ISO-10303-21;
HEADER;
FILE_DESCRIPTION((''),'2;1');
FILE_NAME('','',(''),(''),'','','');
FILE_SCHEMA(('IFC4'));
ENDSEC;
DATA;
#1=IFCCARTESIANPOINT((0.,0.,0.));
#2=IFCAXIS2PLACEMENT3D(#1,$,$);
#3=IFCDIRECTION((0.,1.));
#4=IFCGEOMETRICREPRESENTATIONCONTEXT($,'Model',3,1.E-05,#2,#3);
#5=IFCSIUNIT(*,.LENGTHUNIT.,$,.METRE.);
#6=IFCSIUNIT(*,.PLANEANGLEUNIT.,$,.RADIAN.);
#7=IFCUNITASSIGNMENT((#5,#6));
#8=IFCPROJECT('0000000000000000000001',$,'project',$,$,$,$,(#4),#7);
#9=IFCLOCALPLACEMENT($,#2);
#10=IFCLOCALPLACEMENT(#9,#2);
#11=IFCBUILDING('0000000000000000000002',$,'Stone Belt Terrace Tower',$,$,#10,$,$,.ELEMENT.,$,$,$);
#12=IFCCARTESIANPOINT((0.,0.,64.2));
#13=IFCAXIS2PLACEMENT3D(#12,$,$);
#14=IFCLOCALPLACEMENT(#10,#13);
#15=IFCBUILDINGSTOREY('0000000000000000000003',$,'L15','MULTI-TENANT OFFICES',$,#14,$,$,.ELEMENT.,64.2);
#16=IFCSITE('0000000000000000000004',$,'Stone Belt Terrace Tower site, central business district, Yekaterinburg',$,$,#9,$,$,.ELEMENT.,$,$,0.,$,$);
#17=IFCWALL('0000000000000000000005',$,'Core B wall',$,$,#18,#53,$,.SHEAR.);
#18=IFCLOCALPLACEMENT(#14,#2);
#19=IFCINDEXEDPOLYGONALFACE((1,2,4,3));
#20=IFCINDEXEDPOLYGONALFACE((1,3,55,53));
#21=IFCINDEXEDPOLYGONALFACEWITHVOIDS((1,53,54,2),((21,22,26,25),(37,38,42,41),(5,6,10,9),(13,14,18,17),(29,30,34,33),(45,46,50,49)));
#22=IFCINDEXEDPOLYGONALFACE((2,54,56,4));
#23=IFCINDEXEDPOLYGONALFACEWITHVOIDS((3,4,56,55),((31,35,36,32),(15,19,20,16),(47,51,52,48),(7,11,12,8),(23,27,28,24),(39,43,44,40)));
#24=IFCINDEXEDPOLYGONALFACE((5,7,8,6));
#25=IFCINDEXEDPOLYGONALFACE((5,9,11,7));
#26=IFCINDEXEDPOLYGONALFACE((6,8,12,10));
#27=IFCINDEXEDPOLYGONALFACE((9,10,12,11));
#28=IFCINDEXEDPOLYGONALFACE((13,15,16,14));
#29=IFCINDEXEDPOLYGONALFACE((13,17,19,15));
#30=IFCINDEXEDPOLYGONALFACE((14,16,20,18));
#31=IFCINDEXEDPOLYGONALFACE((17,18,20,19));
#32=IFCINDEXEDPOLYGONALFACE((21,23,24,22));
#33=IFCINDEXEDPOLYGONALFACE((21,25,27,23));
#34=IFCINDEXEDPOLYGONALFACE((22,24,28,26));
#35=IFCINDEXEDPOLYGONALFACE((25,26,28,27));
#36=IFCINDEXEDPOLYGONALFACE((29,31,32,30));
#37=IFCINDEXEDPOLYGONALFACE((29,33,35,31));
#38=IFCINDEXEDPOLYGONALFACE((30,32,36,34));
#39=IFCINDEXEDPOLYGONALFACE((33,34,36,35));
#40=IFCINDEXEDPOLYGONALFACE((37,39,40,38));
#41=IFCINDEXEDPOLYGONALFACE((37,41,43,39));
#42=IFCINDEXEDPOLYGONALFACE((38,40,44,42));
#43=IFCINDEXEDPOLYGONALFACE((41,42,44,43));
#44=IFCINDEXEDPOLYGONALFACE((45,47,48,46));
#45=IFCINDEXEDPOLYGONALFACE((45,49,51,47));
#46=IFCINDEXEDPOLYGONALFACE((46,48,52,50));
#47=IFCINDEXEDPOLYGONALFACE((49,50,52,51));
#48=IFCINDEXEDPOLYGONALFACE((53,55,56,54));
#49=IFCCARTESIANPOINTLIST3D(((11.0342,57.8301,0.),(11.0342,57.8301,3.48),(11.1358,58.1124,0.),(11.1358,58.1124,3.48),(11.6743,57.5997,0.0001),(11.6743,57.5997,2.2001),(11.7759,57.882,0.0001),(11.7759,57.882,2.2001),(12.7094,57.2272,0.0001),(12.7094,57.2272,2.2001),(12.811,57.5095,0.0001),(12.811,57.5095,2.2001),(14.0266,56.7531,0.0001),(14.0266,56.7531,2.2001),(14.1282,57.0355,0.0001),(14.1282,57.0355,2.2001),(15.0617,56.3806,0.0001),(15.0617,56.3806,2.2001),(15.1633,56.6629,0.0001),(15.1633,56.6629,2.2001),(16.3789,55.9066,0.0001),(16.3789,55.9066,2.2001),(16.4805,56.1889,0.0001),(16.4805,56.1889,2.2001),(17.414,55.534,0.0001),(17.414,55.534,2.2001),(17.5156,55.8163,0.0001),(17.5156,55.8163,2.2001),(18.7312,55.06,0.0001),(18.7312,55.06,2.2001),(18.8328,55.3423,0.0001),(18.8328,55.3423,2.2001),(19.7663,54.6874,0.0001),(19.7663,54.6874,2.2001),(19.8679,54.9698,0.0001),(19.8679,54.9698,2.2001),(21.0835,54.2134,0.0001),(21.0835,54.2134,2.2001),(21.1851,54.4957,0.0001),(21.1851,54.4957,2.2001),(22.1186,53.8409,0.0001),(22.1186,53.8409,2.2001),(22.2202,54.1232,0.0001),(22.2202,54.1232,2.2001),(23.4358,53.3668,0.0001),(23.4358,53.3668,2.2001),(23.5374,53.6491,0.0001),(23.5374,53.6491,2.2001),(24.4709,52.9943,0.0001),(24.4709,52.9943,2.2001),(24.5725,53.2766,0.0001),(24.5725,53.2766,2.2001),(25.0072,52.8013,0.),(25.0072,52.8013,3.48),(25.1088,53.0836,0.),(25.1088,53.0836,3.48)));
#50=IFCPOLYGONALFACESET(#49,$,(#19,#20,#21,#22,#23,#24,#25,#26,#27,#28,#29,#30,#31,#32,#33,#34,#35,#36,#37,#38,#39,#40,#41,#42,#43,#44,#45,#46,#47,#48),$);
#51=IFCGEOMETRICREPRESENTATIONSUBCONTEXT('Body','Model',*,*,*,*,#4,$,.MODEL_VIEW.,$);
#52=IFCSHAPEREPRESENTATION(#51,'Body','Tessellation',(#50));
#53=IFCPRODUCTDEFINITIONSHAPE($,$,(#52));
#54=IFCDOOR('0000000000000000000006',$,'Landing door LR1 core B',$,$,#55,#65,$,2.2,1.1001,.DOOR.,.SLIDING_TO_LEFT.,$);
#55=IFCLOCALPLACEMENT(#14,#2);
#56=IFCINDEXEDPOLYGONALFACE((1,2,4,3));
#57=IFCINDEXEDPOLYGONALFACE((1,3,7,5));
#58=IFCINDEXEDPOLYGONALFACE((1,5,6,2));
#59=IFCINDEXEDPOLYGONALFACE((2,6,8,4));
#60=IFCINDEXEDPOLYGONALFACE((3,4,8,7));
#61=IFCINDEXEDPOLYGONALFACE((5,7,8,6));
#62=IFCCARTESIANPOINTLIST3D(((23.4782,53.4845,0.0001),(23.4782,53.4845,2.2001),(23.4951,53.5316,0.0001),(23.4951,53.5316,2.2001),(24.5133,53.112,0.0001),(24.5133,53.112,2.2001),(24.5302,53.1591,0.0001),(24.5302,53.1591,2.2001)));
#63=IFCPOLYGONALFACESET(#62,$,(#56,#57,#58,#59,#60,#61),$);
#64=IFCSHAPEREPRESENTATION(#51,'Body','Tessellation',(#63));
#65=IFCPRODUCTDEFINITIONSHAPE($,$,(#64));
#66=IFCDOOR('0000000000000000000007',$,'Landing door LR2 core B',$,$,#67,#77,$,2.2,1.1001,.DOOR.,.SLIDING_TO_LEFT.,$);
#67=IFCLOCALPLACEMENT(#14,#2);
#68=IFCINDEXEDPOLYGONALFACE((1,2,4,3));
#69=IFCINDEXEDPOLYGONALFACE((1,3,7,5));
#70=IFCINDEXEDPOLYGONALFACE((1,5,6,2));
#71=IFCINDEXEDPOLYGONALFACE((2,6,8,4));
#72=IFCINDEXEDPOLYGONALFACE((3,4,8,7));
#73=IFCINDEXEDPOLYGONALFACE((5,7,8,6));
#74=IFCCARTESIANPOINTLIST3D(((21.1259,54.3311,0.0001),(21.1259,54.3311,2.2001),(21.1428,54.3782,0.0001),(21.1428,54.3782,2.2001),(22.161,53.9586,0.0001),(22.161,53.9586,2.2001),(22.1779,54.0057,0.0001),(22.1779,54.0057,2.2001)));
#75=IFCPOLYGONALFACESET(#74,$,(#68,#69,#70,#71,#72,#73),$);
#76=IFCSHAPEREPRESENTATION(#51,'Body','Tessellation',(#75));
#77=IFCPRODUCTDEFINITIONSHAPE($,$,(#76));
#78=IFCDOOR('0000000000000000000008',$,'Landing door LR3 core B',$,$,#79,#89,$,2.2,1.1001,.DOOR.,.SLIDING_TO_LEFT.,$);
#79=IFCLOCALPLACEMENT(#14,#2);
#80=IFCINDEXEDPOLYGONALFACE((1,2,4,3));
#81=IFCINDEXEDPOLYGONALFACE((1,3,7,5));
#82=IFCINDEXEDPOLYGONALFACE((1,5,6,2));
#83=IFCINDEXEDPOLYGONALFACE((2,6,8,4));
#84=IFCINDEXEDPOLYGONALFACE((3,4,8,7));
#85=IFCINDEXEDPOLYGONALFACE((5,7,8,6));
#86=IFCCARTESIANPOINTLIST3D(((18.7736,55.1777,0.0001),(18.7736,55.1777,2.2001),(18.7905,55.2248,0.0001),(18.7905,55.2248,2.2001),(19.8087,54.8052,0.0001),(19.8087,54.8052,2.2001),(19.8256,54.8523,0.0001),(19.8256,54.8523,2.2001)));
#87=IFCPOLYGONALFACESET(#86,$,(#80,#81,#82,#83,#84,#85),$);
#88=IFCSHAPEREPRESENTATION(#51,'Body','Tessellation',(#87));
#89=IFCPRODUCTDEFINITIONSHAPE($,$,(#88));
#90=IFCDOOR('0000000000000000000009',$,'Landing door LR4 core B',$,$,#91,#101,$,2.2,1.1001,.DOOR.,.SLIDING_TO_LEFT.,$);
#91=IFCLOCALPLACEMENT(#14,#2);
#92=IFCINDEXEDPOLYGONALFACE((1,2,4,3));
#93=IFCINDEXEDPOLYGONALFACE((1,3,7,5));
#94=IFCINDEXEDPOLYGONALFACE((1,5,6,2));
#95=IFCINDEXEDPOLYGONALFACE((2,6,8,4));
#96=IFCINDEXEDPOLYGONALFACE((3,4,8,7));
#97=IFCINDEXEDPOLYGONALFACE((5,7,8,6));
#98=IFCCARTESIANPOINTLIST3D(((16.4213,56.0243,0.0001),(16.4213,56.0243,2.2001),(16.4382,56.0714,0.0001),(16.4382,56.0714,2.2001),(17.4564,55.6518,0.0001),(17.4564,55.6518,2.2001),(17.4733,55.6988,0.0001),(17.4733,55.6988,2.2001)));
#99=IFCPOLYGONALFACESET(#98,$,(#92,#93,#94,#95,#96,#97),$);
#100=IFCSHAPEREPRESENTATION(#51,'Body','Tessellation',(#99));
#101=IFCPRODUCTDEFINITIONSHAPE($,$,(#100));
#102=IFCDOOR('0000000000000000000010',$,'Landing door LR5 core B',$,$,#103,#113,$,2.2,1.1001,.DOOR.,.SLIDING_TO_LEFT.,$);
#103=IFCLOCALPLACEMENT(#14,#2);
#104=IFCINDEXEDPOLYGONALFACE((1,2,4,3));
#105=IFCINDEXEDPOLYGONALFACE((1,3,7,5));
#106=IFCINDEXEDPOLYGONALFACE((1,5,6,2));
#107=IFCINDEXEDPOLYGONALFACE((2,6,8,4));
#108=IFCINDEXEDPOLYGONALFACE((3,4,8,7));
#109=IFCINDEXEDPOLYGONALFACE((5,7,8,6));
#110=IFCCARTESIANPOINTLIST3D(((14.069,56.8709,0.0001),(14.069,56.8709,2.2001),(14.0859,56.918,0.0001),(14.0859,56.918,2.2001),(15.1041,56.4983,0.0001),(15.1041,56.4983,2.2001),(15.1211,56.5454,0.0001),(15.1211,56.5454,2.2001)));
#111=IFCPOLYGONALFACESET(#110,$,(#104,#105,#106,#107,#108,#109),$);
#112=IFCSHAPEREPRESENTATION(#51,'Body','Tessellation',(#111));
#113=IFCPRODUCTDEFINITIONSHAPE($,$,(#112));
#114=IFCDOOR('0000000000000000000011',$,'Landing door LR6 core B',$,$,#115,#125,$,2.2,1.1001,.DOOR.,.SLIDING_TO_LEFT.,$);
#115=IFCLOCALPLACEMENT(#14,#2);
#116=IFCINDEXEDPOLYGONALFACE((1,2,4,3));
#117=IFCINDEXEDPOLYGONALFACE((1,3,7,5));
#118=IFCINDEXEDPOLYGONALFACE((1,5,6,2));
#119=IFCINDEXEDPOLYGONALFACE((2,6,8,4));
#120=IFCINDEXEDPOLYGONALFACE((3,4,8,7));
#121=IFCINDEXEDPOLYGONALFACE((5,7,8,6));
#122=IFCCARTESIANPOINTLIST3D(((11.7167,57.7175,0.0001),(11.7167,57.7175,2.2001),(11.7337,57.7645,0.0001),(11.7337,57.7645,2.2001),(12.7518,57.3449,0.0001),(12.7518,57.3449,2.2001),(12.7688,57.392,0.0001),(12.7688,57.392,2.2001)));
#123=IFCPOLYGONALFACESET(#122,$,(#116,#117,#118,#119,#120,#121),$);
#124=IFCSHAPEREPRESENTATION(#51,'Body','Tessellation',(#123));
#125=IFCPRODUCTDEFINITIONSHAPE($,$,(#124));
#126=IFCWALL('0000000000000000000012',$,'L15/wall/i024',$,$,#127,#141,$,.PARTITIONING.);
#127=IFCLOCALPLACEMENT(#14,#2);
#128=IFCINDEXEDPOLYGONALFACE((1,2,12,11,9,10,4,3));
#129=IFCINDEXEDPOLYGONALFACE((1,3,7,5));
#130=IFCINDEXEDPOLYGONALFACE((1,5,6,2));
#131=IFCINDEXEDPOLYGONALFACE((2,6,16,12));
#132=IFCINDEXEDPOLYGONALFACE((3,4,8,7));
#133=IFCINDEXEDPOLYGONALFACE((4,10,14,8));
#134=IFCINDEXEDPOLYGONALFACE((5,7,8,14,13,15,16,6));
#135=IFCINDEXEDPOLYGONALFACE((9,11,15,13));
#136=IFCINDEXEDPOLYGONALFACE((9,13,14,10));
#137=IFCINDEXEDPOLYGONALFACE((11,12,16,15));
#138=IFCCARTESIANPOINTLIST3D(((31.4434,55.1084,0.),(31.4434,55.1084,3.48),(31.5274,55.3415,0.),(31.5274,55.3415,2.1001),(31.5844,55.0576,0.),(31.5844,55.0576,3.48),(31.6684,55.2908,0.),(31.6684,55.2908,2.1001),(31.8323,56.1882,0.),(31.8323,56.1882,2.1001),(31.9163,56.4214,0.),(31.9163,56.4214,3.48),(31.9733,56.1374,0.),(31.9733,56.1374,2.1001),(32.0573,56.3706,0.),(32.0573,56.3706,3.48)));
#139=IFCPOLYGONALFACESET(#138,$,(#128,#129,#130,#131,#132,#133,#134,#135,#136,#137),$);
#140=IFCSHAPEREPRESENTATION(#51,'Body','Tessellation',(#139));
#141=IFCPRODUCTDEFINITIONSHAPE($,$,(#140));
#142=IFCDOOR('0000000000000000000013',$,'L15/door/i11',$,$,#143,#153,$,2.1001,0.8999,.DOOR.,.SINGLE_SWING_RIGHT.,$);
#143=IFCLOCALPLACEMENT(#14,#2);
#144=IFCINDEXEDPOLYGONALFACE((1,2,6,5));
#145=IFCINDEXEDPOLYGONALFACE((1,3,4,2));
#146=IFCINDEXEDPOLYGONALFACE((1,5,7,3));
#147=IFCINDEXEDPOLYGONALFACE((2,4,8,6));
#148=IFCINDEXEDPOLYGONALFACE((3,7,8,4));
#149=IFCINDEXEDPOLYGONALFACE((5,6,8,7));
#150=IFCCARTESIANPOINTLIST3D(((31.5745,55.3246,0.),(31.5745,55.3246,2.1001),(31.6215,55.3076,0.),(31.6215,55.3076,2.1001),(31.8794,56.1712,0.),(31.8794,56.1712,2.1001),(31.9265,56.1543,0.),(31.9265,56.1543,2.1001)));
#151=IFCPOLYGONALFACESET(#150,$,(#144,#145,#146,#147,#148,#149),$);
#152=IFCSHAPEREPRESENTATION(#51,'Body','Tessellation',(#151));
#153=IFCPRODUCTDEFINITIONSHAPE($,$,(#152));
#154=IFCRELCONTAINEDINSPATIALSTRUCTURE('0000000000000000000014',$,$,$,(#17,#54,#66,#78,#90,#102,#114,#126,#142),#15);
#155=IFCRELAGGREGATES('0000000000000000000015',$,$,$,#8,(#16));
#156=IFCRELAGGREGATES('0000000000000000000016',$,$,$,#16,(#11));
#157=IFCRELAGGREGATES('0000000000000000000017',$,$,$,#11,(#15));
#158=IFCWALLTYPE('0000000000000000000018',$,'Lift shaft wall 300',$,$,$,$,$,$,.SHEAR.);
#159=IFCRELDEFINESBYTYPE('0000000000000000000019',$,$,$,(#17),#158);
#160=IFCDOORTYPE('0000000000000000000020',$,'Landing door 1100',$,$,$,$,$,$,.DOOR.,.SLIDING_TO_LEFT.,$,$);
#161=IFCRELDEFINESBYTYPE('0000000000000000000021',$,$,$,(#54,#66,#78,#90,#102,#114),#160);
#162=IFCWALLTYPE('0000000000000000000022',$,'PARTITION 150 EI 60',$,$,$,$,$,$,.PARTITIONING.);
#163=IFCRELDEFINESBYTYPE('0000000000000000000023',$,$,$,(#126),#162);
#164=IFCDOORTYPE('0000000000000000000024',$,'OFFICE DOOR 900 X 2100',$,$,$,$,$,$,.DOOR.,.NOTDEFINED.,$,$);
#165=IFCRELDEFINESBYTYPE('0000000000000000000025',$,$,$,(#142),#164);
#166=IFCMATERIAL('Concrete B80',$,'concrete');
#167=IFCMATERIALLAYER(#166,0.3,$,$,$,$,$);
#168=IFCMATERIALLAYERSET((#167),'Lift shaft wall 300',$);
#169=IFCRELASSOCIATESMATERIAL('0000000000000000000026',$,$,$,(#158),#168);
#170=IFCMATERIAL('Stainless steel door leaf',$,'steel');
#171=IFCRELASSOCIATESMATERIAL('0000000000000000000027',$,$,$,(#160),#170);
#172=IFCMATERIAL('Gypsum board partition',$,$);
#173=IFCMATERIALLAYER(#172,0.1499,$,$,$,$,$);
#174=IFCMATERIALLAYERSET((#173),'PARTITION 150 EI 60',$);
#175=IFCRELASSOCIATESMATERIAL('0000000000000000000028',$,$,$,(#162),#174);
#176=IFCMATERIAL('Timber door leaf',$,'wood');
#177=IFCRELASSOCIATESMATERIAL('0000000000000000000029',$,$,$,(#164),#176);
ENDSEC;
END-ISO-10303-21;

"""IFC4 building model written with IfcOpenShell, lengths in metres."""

from ifc_helpers import new_model, si_unit, direction, frame, frame_2d, origin, place, context, subcontext, project, spatial, rectangle, extrude, material, layer, layer_set, type_object, element, fill, save


model = new_model("IFC4")

# Units and contexts
model_context = context("Model", 3, precision=1e-05, world=origin(), true_north=direction((0.0, 1.0)))
body_context = subcontext(model_context, "Body", "Model", "MODEL_VIEW")
ifc_project = project(units=[si_unit("LENGTHUNIT", "METRE"), si_unit("PLANEANGLEUNIT", "RADIAN")], contexts=[model_context])

# Site, building, storey
site_placement = place(None, origin())
site = spatial("IfcSite", under=ifc_project, at=site_placement, Name="Stone Belt Terrace Tower site, central business district, Yekaterinburg", CompositionType="ELEMENT", RefElevation=0.0)
building_placement = place(site_placement, origin())
building = spatial("IfcBuilding", under=site, at=building_placement, Name="Stone Belt Terrace Tower", CompositionType="ELEMENT")
storey_placement = place(building_placement, frame((0.0, 0.0, 64.2)))
storey = spatial("IfcBuildingStorey", under=building, at=storey_placement, Name="L15", Description="MULTI-TENANT OFFICES", CompositionType="ELEMENT", Elevation=64.2)

# Shared definitions
ifc_material_1 = material(Name="Concrete B80", Category="concrete")

# Shared definitions
ifc_material_2 = material(Name="Timber door leaf", Category="wood")

# Shared definitions
ifc_layer_1 = layer(ifc_material_1, 0.3)
ifc_layer_set_1 = layer_set([ifc_layer_1], Name="Lift shaft wall 300")
wall_type_1 = type_object("IfcWallType", Name="Lift shaft wall 300", PredefinedType="SHEAR", material=ifc_layer_set_1)
ifc_material_3 = material(Name="Stainless steel door leaf", Category="steel")

# Wall, openings, doors
wall_1_placement = place(storey_placement, frame((25.0581, 52.9424, 0.0), z_axis=(0.0, 0.0, 1.0), x_axis=(-0.940918, 0.338634, 0.0)))
wall_1 = element("IfcWall", 1, at=wall_1_placement, inside=storey, type_object=wall_type_1, Name="Core B wall", PredefinedType="SHEAR", context=body_context, shape_type="SweptSolid", body=[
    extrude(rectangle(XDim=14.8503, YDim=0.3, at=frame_2d((7.4253, 0.0))), origin(), (0.0, 0.0, 1.0), 3.48),
])
opening_1_placement = place(wall_1_placement, frame((0.5701, 0.0, 0.0)))
opening_1 = element("IfcOpeningElement", 2, at=opening_1_placement, cuts=wall_1, PredefinedType="OPENING", context=body_context, shape_type="SweptSolid", body=[
    extrude(rectangle(XDim=1.1001, YDim=2.2, at=frame_2d((0.55, 1.1001))), frame((0.0, 0.1599, 0.0), z_axis=(0.0, -1.0, 0.0), x_axis=(1.0, 0.0, 0.0)), (0.0, 0.0, 1.0), 0.3201),
])
opening_2_placement = place(wall_1_placement, frame((3.0701, 0.0, 0.0)))
opening_2 = element("IfcOpeningElement", 3, at=opening_2_placement, cuts=wall_1, PredefinedType="OPENING", context=body_context, shape_type="SweptSolid", body=[
    extrude(rectangle(XDim=1.1001, YDim=2.2, at=frame_2d((0.55, 1.1001))), frame((0.0, 0.1599, 0.0), z_axis=(0.0, -1.0, 0.0), x_axis=(1.0, 0.0, 0.0)), (0.0, 0.0, 1.0), 0.3201),
])
opening_3_placement = place(wall_1_placement, frame((5.5701, 0.0, 0.0)))
opening_3 = element("IfcOpeningElement", 4, at=opening_3_placement, cuts=wall_1, PredefinedType="OPENING", context=body_context, shape_type="SweptSolid", body=[
    extrude(rectangle(XDim=1.1001, YDim=2.2, at=frame_2d((0.55, 1.1001))), frame((0.0, 0.1599, 0.0), z_axis=(0.0, -1.0, 0.0), x_axis=(1.0, 0.0, 0.0)), (0.0, 0.0, 1.0), 0.3201),
])
opening_4_placement = place(wall_1_placement, frame((8.0701, 0.0, 0.0)))
opening_4 = element("IfcOpeningElement", 5, at=opening_4_placement, cuts=wall_1, PredefinedType="OPENING", context=body_context, shape_type="SweptSolid", body=[
    extrude(rectangle(XDim=1.1001, YDim=2.2, at=frame_2d((0.55, 1.1001))), frame((0.0, 0.1599, 0.0), z_axis=(0.0, -1.0, 0.0), x_axis=(1.0, 0.0, 0.0)), (0.0, 0.0, 1.0), 0.3201),
])
opening_5_placement = place(wall_1_placement, frame((10.5701, 0.0, 0.0)))
opening_5 = element("IfcOpeningElement", 6, at=opening_5_placement, cuts=wall_1, PredefinedType="OPENING", context=body_context, shape_type="SweptSolid", body=[
    extrude(rectangle(XDim=1.1001, YDim=2.2, at=frame_2d((0.55, 1.1001))), frame((0.0, 0.1599, 0.0), z_axis=(0.0, -1.0, 0.0), x_axis=(1.0, 0.0, 0.0)), (0.0, 0.0, 1.0), 0.3201),
])
opening_6_placement = place(wall_1_placement, frame((13.0701, 0.0, 0.0)))
opening_6 = element("IfcOpeningElement", 7, at=opening_6_placement, cuts=wall_1, PredefinedType="OPENING", context=body_context, shape_type="SweptSolid", body=[
    extrude(rectangle(XDim=1.1001, YDim=2.2, at=frame_2d((0.55, 1.1001))), frame((0.0, 0.1599, 0.0), z_axis=(0.0, -1.0, 0.0), x_axis=(1.0, 0.0, 0.0)), (0.0, 0.0, 1.0), 0.3201),
])
door_type_1 = type_object("IfcDoorType", Name="Landing door 1100", OperationType="SLIDING_TO_LEFT", PredefinedType="DOOR", material=ifc_material_3)
door_1_placement = place(opening_1_placement, origin())
door_1 = element("IfcDoor", 8, at=door_1_placement, inside=storey, type_object=door_type_1, Name="Landing door LR1 core B", OperationType="SLIDING_TO_LEFT", OverallHeight=2.2, OverallWidth=1.1001, PredefinedType="DOOR", context=body_context, shape_type="SweptSolid", body=[
    extrude(rectangle(XDim=1.1001, YDim=2.2, at=frame_2d((0.55, 1.1001))), frame((0.0, 0.0249, 0.0), z_axis=(0.0, -1.0, 0.0), x_axis=(1.0, 0.0, 0.0)), (0.0, 0.0, 1.0), 0.05),
])
fill(opening_1, door_1)
door_2_placement = place(opening_2_placement, origin())
door_2 = element("IfcDoor", 9, at=door_2_placement, inside=storey, type_object=door_type_1, Name="Landing door LR2 core B", OperationType="SLIDING_TO_LEFT", OverallHeight=2.2, OverallWidth=1.1001, PredefinedType="DOOR", context=body_context, shape_type="SweptSolid", body=[
    extrude(rectangle(XDim=1.1001, YDim=2.2, at=frame_2d((0.55, 1.1001))), frame((0.0, 0.0249, 0.0), z_axis=(0.0, -1.0, 0.0), x_axis=(1.0, 0.0, 0.0)), (0.0, 0.0, 1.0), 0.05),
])
fill(opening_2, door_2)
door_3_placement = place(opening_3_placement, origin())
door_3 = element("IfcDoor", 10, at=door_3_placement, inside=storey, type_object=door_type_1, Name="Landing door LR3 core B", OperationType="SLIDING_TO_LEFT", OverallHeight=2.2, OverallWidth=1.1001, PredefinedType="DOOR", context=body_context, shape_type="SweptSolid", body=[
    extrude(rectangle(XDim=1.1001, YDim=2.2, at=frame_2d((0.55, 1.1001))), frame((0.0, 0.0249, 0.0), z_axis=(0.0, -1.0, 0.0), x_axis=(1.0, 0.0, 0.0)), (0.0, 0.0, 1.0), 0.05),
])
fill(opening_3, door_3)
door_4_placement = place(opening_4_placement, origin())
door_4 = element("IfcDoor", 11, at=door_4_placement, inside=storey, type_object=door_type_1, Name="Landing door LR4 core B", OperationType="SLIDING_TO_LEFT", OverallHeight=2.2, OverallWidth=1.1001, PredefinedType="DOOR", context=body_context, shape_type="SweptSolid", body=[
    extrude(rectangle(XDim=1.1001, YDim=2.2, at=frame_2d((0.55, 1.1001))), frame((0.0, 0.0249, 0.0), z_axis=(0.0, -1.0, 0.0), x_axis=(1.0, 0.0, 0.0)), (0.0, 0.0, 1.0), 0.05),
])
fill(opening_4, door_4)
door_5_placement = place(opening_5_placement, origin())
door_5 = element("IfcDoor", 12, at=door_5_placement, inside=storey, type_object=door_type_1, Name="Landing door LR5 core B", OperationType="SLIDING_TO_LEFT", OverallHeight=2.2, OverallWidth=1.1001, PredefinedType="DOOR", context=body_context, shape_type="SweptSolid", body=[
    extrude(rectangle(XDim=1.1001, YDim=2.2, at=frame_2d((0.55, 1.1001))), frame((0.0, 0.0249, 0.0), z_axis=(0.0, -1.0, 0.0), x_axis=(1.0, 0.0, 0.0)), (0.0, 0.0, 1.0), 0.05),
])
fill(opening_5, door_5)
door_6_placement = place(opening_6_placement, origin())
door_6 = element("IfcDoor", 13, at=door_6_placement, inside=storey, type_object=door_type_1, Name="Landing door LR6 core B", OperationType="SLIDING_TO_LEFT", OverallHeight=2.2, OverallWidth=1.1001, PredefinedType="DOOR", context=body_context, shape_type="SweptSolid", body=[
    extrude(rectangle(XDim=1.1001, YDim=2.2, at=frame_2d((0.55, 1.1001))), frame((0.0, 0.0249, 0.0), z_axis=(0.0, -1.0, 0.0), x_axis=(1.0, 0.0, 0.0)), (0.0, 0.0, 1.0), 0.05),
])
fill(opening_6, door_6)

# Wall, opening, door
ifc_material_4 = material(Name="Gypsum board partition")
ifc_layer_2 = layer(ifc_material_4, 0.1499)
ifc_layer_set_2 = layer_set([ifc_layer_2], Name="PARTITION 150 EI 60")
wall_type_2 = type_object("IfcWallType", Name="PARTITION 150 EI 60", PredefinedType="PARTITIONING", material=ifc_layer_set_2)
wall_2_placement = place(storey_placement, frame((31.5139, 55.083, 0.0), z_axis=(0.0, 0.0, 1.0), x_axis=(0.338862, 0.940836, 0.0)))
wall_2 = element("IfcWall", 14, at=wall_2_placement, inside=storey, type_object=wall_type_2, Name="L15/wall/i024", PredefinedType="PARTITIONING", context=body_context, shape_type="SweptSolid", body=[
    extrude(rectangle(XDim=1.3955, YDim=0.1499, at=frame_2d((0.6978, 0.0))), origin(), (0.0, 0.0, 1.0), 3.48),
])
opening_7_placement = place(wall_2_placement, frame((0.2478, 0.0, 0.0)))
opening_7 = element("IfcOpeningElement", 15, at=opening_7_placement, cuts=wall_2, PredefinedType="OPENING", context=body_context, shape_type="SweptSolid", body=[
    extrude(rectangle(XDim=0.8999, YDim=2.1001, at=frame_2d((0.45, 1.05))), frame((0.0, 0.085, 0.0), z_axis=(0.0, -1.0, 0.0), x_axis=(1.0, 0.0, 0.0)), (0.0, 0.0, 1.0), 0.1699),
])
door_type_2 = type_object("IfcDoorType", Name="OFFICE DOOR 900 X 2100", OperationType="NOTDEFINED", PredefinedType="DOOR", material=ifc_material_2)
door_7_placement = place(opening_7_placement, origin())
door_7 = element("IfcDoor", 16, at=door_7_placement, inside=storey, type_object=door_type_2, Name="L15/door/i11", OperationType="SINGLE_SWING_RIGHT", OverallHeight=2.1001, OverallWidth=0.8999, PredefinedType="DOOR", context=body_context, shape_type="SweptSolid", body=[
    extrude(rectangle(XDim=0.8999, YDim=2.1001, at=frame_2d((0.45, 1.05))), frame((0.0, 0.0249, 0.0), z_axis=(0.0, -1.0, 0.0), x_axis=(1.0, 0.0, 0.0)), (0.0, 0.0, 1.0), 0.05),
])
fill(opening_7, door_7)

save(model, "model.ifc")
